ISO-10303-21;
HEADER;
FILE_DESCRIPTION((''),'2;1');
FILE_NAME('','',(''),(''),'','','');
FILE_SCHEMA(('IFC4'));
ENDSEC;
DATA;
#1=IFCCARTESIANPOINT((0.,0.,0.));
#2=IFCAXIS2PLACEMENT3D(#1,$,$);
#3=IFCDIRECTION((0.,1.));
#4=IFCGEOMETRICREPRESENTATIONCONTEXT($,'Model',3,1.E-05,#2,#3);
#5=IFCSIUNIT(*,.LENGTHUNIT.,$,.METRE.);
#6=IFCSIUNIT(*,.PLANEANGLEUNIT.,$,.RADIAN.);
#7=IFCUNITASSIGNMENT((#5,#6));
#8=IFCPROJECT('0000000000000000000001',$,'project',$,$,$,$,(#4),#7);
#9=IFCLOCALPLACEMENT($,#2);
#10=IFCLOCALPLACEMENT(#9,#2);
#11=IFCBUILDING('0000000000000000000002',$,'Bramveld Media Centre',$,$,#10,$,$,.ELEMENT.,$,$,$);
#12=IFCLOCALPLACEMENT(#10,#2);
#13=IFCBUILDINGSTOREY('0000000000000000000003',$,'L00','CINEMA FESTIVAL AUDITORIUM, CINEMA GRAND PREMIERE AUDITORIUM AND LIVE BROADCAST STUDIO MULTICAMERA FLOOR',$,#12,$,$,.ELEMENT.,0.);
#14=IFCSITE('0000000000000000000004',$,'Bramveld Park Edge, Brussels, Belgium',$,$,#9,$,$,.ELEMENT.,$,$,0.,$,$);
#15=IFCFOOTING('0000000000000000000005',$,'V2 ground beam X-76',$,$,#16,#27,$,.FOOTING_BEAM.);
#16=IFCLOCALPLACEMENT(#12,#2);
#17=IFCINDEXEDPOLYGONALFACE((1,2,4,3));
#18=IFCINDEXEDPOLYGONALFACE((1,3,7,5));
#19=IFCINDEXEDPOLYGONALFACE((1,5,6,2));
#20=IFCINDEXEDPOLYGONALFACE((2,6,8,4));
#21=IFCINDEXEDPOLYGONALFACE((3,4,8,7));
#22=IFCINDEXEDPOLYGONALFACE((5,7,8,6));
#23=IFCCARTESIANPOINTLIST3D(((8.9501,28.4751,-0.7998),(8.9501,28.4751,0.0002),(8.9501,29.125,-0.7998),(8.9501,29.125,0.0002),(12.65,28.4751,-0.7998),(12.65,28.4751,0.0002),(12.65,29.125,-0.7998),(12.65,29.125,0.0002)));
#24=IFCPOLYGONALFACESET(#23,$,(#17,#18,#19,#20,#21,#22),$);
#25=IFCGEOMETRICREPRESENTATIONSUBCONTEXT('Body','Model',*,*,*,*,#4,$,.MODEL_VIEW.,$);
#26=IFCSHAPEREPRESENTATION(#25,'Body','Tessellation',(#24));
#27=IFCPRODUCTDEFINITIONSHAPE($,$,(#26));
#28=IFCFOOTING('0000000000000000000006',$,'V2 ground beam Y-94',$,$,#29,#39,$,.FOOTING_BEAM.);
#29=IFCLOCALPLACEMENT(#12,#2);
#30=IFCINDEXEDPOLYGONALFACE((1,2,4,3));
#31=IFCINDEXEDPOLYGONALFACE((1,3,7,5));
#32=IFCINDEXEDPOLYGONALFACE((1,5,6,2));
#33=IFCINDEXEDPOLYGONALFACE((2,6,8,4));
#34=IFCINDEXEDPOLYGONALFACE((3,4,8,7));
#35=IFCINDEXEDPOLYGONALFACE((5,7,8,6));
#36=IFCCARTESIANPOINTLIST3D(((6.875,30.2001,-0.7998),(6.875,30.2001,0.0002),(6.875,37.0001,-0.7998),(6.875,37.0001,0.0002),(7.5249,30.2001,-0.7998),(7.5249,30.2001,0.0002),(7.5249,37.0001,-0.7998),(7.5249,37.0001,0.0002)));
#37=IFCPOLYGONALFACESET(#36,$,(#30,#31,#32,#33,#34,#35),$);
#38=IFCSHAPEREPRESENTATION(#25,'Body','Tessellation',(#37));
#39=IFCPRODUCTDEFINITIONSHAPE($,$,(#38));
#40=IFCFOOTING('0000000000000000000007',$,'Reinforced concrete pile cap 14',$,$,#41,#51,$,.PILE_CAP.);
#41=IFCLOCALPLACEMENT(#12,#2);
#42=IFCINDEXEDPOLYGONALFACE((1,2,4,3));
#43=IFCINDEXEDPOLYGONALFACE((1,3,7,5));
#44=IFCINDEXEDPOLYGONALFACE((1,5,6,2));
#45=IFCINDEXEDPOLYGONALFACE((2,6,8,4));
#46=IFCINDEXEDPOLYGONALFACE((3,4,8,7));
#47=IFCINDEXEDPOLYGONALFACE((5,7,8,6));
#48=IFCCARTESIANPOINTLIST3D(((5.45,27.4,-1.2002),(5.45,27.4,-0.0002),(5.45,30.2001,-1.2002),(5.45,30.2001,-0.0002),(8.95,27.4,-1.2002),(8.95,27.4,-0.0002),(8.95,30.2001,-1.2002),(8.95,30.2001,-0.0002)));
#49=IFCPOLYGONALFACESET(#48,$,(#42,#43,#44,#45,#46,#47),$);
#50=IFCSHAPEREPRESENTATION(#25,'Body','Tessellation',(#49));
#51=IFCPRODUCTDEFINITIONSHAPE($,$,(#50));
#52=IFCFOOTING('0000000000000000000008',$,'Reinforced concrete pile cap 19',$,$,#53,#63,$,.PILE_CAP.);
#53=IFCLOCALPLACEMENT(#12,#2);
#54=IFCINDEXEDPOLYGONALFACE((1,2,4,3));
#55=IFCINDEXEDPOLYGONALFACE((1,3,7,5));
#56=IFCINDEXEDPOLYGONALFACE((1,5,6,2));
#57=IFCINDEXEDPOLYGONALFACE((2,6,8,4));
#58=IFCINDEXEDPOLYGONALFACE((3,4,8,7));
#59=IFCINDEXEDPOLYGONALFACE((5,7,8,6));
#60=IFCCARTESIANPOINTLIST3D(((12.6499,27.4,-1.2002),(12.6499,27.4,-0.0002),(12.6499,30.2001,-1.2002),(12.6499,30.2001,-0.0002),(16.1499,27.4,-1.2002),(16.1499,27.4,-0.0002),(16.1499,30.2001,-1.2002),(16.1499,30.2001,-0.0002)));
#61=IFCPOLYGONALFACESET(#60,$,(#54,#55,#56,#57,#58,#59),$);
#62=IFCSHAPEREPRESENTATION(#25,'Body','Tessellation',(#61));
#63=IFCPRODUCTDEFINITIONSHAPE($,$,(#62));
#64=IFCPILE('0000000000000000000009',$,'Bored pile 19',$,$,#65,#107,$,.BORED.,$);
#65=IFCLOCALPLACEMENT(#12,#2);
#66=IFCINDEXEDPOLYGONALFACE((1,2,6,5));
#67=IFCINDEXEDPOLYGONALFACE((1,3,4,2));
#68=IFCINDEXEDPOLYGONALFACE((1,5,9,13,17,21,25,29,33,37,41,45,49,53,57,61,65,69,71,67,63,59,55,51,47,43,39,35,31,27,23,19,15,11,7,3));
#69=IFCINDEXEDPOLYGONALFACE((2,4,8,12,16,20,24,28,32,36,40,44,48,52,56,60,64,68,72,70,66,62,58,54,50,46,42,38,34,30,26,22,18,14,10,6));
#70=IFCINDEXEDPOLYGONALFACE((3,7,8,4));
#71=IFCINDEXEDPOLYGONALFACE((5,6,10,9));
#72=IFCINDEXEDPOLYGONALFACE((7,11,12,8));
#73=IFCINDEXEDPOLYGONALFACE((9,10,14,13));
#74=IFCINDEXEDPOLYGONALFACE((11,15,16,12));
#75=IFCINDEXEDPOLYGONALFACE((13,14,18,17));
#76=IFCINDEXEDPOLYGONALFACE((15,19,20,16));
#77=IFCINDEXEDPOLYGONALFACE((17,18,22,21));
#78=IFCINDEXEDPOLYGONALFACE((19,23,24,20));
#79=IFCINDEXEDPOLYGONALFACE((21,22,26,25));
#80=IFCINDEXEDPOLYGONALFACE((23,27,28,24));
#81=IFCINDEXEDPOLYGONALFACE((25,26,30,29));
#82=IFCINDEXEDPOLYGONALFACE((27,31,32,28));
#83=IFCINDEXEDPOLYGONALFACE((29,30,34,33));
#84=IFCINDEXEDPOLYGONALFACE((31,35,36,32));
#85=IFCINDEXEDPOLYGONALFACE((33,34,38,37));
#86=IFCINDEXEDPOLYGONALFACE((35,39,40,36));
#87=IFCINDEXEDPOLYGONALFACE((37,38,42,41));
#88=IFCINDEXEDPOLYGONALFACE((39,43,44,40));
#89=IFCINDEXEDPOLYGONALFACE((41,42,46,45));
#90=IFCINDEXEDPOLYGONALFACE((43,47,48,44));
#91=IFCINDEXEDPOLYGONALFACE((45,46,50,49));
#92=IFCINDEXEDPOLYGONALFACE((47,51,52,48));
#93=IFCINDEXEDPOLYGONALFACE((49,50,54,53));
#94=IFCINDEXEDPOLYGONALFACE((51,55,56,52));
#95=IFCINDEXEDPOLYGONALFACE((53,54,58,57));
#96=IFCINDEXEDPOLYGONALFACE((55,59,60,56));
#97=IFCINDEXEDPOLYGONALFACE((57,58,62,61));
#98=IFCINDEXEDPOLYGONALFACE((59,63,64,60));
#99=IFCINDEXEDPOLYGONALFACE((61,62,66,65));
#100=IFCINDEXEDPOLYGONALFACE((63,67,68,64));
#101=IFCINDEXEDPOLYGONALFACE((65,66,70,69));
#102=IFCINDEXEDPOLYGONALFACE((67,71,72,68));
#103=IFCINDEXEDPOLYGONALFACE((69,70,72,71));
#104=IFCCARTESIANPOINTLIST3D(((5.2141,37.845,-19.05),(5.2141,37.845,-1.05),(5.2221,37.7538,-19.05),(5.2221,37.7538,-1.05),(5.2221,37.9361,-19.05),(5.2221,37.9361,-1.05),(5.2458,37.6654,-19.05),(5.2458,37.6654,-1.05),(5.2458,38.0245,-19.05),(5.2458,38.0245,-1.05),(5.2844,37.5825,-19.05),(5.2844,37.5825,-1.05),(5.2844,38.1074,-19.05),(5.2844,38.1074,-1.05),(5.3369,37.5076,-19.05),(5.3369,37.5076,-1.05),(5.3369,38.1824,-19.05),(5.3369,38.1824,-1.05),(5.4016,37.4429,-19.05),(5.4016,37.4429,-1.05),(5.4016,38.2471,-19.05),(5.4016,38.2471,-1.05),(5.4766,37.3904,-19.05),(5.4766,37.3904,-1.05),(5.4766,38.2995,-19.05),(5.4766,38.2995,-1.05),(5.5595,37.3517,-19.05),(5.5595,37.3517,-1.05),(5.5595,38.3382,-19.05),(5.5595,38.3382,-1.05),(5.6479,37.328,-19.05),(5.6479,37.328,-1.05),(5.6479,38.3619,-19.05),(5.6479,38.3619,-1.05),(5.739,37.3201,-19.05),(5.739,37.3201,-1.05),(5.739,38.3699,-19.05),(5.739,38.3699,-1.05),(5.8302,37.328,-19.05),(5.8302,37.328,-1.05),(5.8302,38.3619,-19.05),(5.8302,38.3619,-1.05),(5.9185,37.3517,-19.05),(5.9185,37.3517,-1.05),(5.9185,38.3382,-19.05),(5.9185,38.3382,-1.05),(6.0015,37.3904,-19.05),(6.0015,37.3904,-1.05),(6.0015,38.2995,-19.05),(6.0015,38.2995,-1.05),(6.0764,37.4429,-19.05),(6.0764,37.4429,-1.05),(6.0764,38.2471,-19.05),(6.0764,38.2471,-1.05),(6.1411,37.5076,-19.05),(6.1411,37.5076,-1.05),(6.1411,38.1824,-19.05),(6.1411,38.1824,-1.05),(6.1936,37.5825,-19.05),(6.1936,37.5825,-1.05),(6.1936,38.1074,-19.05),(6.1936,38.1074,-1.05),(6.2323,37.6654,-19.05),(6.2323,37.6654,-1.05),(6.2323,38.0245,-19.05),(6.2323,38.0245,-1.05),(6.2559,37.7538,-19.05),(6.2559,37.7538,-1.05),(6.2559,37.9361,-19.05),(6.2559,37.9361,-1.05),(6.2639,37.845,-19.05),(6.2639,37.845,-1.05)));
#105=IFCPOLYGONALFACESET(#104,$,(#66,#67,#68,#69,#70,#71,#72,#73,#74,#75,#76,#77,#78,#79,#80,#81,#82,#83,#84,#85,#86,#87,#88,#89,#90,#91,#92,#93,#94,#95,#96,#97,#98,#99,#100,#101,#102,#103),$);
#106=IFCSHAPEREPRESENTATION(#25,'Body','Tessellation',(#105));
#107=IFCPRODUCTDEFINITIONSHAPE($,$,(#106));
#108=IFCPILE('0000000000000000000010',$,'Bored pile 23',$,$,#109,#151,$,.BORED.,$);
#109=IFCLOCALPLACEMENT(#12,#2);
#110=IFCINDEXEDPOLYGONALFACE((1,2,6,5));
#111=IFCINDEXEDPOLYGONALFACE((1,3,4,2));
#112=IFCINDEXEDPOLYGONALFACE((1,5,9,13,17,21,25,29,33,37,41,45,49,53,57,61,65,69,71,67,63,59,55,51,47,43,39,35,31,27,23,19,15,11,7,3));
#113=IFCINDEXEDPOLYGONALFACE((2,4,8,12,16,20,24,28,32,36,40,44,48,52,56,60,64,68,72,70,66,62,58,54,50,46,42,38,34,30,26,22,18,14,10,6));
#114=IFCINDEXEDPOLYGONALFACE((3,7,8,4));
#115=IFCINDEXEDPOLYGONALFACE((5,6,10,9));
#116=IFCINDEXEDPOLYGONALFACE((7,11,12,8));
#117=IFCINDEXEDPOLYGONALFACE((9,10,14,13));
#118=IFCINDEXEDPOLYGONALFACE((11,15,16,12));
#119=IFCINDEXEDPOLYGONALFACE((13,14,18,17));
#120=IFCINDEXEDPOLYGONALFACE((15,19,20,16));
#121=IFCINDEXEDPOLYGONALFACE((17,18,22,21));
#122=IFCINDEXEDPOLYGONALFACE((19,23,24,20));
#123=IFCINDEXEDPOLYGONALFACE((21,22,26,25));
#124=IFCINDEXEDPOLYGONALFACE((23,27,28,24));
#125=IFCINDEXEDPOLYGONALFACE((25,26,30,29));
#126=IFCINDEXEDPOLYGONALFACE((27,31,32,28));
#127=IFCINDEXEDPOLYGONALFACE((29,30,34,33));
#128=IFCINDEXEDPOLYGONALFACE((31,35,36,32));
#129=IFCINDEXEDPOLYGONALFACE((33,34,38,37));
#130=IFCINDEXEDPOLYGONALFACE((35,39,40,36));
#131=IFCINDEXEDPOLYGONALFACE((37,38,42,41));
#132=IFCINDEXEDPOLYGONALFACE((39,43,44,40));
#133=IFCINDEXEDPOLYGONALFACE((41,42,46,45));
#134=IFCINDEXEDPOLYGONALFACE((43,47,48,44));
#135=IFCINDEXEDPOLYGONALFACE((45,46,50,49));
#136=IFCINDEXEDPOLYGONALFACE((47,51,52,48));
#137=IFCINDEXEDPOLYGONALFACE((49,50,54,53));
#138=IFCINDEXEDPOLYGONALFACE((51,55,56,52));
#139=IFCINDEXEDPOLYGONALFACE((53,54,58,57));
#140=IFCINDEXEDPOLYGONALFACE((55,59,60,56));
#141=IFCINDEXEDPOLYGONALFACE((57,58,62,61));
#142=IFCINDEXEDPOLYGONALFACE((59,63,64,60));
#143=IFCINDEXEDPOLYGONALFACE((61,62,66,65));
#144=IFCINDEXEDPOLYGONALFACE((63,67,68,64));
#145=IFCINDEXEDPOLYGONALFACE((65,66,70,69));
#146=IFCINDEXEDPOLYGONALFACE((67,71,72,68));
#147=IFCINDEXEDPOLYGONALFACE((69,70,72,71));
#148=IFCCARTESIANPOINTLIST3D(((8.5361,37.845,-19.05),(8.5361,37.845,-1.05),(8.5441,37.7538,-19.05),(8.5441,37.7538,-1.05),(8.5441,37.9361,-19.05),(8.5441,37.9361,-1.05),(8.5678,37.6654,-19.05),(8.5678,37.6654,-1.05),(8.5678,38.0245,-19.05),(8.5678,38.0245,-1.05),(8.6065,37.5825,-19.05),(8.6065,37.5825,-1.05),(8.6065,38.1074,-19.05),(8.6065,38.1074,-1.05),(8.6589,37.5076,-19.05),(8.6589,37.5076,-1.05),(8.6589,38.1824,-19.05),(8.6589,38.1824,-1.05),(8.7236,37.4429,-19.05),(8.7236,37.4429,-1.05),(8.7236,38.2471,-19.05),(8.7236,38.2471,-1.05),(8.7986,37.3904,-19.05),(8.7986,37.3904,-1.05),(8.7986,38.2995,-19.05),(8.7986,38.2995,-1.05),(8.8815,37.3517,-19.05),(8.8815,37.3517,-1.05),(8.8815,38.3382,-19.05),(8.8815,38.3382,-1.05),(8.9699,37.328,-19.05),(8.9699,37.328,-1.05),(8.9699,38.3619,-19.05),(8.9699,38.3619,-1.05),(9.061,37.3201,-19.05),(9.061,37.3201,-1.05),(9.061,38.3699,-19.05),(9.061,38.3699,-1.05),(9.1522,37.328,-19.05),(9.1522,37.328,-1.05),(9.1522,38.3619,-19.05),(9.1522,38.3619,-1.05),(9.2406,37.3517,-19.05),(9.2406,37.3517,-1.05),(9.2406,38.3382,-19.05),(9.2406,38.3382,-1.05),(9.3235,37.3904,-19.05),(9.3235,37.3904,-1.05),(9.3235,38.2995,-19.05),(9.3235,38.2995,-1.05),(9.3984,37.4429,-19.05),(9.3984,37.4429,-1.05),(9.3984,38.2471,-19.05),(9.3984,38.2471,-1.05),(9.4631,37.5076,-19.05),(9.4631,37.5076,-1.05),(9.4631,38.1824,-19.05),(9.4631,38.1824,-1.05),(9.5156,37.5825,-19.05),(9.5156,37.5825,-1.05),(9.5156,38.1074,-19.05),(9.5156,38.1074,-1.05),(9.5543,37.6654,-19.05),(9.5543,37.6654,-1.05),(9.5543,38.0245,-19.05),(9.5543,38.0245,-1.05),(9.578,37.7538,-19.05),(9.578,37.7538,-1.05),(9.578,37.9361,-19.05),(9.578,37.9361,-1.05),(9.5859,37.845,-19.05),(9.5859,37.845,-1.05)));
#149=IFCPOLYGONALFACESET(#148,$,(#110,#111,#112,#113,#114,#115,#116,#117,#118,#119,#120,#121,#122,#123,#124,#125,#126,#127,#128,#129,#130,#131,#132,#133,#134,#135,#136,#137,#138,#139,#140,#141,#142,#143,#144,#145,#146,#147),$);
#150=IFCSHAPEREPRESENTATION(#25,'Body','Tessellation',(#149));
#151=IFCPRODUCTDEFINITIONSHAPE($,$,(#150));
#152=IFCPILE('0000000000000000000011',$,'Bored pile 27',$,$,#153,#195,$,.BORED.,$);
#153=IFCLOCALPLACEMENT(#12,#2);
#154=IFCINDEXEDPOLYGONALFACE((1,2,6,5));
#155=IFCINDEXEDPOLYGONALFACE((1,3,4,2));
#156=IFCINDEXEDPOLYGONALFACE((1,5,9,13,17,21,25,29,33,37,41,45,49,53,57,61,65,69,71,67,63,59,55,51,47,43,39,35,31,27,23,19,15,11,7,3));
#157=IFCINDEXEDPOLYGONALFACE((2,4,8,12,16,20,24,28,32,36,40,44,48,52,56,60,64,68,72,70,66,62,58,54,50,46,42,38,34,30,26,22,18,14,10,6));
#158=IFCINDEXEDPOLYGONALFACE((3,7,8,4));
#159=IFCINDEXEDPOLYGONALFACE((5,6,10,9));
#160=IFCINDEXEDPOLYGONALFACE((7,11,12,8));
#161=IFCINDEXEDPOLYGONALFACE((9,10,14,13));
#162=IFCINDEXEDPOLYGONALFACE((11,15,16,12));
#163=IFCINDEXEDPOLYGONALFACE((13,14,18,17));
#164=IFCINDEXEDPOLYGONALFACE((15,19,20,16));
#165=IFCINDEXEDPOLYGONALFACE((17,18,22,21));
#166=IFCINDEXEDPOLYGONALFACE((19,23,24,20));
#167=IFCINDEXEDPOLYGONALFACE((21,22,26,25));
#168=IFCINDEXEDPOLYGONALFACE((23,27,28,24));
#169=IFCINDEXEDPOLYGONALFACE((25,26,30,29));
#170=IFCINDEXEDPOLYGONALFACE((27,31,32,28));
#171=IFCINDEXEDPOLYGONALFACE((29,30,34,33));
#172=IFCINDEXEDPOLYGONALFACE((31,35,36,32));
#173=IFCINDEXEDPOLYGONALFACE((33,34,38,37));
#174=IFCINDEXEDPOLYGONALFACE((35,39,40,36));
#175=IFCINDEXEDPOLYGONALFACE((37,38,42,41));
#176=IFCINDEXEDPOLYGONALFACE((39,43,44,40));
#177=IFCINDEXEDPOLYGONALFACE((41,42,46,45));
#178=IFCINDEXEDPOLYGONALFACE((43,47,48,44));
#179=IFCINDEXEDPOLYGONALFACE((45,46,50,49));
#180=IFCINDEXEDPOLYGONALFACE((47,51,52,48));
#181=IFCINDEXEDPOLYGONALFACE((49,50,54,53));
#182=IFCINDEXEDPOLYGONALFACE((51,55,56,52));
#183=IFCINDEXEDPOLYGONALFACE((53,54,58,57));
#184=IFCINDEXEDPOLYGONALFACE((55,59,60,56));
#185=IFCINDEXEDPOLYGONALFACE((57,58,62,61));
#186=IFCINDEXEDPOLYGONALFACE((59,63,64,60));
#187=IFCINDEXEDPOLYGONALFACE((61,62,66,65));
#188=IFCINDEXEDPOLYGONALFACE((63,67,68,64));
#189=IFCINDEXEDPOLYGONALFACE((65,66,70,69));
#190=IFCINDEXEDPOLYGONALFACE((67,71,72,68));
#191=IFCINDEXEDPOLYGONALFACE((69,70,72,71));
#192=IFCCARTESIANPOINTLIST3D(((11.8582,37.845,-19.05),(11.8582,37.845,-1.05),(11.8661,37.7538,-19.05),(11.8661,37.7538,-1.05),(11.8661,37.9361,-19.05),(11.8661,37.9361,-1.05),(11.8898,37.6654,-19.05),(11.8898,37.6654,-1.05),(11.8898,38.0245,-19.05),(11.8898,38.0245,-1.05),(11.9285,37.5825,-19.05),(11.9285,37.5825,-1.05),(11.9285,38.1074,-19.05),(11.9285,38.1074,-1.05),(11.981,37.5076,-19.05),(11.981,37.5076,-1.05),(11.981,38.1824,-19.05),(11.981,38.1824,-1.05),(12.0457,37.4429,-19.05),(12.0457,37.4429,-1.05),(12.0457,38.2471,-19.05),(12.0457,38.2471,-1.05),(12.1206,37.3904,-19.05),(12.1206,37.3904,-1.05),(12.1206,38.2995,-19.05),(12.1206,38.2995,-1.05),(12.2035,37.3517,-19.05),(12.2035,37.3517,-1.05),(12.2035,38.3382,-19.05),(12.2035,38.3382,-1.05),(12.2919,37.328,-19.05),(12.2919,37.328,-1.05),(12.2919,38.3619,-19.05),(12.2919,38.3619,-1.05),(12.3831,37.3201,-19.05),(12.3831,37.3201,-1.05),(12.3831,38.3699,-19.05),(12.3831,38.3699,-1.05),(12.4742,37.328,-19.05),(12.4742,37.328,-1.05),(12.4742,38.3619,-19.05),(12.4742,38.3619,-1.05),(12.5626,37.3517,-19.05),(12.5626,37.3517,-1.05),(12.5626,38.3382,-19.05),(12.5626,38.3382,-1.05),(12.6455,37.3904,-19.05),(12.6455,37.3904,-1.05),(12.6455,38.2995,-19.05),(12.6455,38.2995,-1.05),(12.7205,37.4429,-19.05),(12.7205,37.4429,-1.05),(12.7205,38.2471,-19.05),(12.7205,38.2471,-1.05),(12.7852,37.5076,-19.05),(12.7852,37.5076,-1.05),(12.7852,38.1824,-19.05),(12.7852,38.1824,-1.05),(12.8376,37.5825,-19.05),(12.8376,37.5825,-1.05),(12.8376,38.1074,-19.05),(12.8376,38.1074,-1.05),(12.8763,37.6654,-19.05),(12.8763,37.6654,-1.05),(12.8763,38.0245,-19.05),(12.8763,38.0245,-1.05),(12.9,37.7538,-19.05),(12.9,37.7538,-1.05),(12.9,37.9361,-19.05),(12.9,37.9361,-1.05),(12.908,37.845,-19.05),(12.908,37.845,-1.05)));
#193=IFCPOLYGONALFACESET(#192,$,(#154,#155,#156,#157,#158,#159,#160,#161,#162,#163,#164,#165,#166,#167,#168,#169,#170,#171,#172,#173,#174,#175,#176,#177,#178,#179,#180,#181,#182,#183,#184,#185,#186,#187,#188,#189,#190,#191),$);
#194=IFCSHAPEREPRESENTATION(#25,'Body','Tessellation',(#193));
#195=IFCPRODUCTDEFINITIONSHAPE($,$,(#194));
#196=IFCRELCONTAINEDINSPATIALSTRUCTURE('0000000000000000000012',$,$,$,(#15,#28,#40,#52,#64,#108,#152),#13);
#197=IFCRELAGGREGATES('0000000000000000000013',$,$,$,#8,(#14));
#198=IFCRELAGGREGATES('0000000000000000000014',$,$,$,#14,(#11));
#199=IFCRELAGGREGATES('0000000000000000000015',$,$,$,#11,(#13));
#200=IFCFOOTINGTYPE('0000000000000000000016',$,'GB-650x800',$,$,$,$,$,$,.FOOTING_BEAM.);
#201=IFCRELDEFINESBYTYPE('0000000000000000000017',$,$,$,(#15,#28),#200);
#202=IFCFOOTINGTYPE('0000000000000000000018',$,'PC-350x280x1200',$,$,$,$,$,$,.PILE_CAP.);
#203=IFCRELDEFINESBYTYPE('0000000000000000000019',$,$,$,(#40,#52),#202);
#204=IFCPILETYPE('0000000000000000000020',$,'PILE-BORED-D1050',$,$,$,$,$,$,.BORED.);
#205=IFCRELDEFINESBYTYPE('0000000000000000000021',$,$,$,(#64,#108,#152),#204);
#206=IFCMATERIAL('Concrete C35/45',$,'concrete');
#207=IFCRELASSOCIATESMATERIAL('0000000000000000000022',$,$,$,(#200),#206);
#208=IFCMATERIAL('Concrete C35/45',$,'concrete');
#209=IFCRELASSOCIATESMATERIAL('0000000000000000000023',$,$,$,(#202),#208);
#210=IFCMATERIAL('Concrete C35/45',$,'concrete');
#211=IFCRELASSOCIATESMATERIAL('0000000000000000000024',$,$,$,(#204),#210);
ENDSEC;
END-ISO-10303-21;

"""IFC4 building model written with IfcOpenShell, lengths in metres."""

from ifc_helpers import new_model, si_unit, direction, frame, origin, origin_2d, place, context, subcontext, project, spatial, rectangle, circle, extrude, material, material_profile, profile_set, type_object, element, save


model = new_model("IFC4")

# Units and contexts
model_context = context("Model", 3, precision=1e-05, world=origin(), true_north=direction((0.0, 1.0)))
body_context = subcontext(model_context, "Body", "Model", "MODEL_VIEW")
ifc_project = project(units=[si_unit("LENGTHUNIT", "METRE"), si_unit("PLANEANGLEUNIT", "RADIAN")], contexts=[model_context])

# Site, building, storey
site_placement = place(None, origin())
site = spatial("IfcSite", under=ifc_project, at=site_placement, Name="Bramveld Park Edge, Brussels, Belgium", CompositionType="ELEMENT", RefElevation=0.0)
building_placement = place(site_placement, origin())
building = spatial("IfcBuilding", under=site, at=building_placement, Name="Bramveld Media Centre", CompositionType="ELEMENT")
storey_placement = place(building_placement, origin())
storey = spatial("IfcBuildingStorey", under=building, at=storey_placement, Name="L00", Description="CINEMA FESTIVAL AUDITORIUM, CINEMA GRAND PREMIERE AUDITORIUM AND LIVE BROADCAST STUDIO MULTICAMERA FLOOR", CompositionType="ELEMENT", Elevation=0.0)

# Footings
ifc_material_1 = material(Name="Concrete C35/45", Category="concrete")
footing_type_1 = type_object("IfcFootingType", Name="GB-650x800", PredefinedType="FOOTING_BEAM", material=ifc_material_1)
footing_1_placement = place(storey_placement, frame((10.8, 28.8, -0.7998), z_axis=(0.0, 0.0, 1.0), x_axis=(1.0, 0.0, 0.0)))
element("IfcFooting", 1, at=footing_1_placement, inside=storey, type_object=footing_type_1, Name="V2 ground beam X-76", PredefinedType="FOOTING_BEAM", context=body_context, shape_type="SweptSolid", body=[
    extrude(rectangle(XDim=3.7, YDim=0.6499, at=origin_2d()), origin(), (0.0, 0.0, 1.0), 0.8),
])
footing_2_placement = place(storey_placement, frame((7.2, 33.6001, -0.7998), z_axis=(0.0, 0.0, 1.0), x_axis=(1.0, 0.0, 0.0)))
element("IfcFooting", 2, at=footing_2_placement, inside=storey, type_object=footing_type_1, Name="V2 ground beam Y-94", PredefinedType="FOOTING_BEAM", context=body_context, shape_type="SweptSolid", body=[
    extrude(rectangle(XDim=0.6499, YDim=6.8, at=origin_2d()), origin(), (0.0, 0.0, 1.0), 0.8),
])
ifc_material_2 = material(Name="Concrete C35/45", Category="concrete")
footing_type_2 = type_object("IfcFootingType", Name="PC-350x280x1200", PredefinedType="PILE_CAP", material=ifc_material_2)
for number, where, z_axis, x_axis, name in (
    (3, (7.2, 28.8, -1.2002), (0.0, 0.0, 1.0), (1.0, 0.0, 0.0), "Reinforced concrete pile cap 14"),
    (4, (14.3999, 28.8, -1.2002), (0.0, 0.0, 1.0), (1.0, 0.0, 0.0), "Reinforced concrete pile cap 19"),
):
    element("IfcFooting", number, at=place(storey_placement, frame(where, z_axis=z_axis, x_axis=x_axis)), inside=storey, type_object=footing_type_2, Name=name, PredefinedType="PILE_CAP", context=body_context, shape_type="SweptSolid", body=[
        extrude(rectangle(XDim=3.5, YDim=2.8, at=origin_2d()), origin(), (0.0, 0.0, 1.0), 1.2),
    ])

# Piles
ifc_material_3 = material(Name="Concrete C35/45", Category="concrete")
ifc_material_profile_1 = material_profile(ifc_material_3, circle(Radius=0.5249, at=origin_2d()), Name="BORED D1050")
ifc_profile_set_1 = profile_set([ifc_material_profile_1], Name="Concrete C35/45")
pile_type_1 = type_object("IfcPileType", Name="PILE-BORED-D1050", PredefinedType="BORED", material=ifc_profile_set_1)
for number, where, z_axis, x_axis, name in (
    (5, (5.739, 37.845, -1.05), (0.0, 0.0, -1.0), (1.0, 0.0, 0.0), "Bored pile 19"),
    (6, (9.061, 37.845, -1.05), (0.0, 0.0, -1.0), (1.0, 0.0, 0.0), "Bored pile 23"),
    (7, (12.3831, 37.845, -1.05), (0.0, 0.0, -1.0), (1.0, 0.0, 0.0), "Bored pile 27"),
):
    element("IfcPile", number, at=place(storey_placement, frame(where, z_axis=z_axis, x_axis=x_axis)), inside=storey, type_object=pile_type_1, Name=name, PredefinedType="BORED", context=body_context, shape_type="SweptSolid", body=[
        extrude(circle(Radius=0.5249, at=origin_2d()), origin(), (0.0, 0.0, 1.0), 18.0),
    ])

save(model, "model.ifc")
